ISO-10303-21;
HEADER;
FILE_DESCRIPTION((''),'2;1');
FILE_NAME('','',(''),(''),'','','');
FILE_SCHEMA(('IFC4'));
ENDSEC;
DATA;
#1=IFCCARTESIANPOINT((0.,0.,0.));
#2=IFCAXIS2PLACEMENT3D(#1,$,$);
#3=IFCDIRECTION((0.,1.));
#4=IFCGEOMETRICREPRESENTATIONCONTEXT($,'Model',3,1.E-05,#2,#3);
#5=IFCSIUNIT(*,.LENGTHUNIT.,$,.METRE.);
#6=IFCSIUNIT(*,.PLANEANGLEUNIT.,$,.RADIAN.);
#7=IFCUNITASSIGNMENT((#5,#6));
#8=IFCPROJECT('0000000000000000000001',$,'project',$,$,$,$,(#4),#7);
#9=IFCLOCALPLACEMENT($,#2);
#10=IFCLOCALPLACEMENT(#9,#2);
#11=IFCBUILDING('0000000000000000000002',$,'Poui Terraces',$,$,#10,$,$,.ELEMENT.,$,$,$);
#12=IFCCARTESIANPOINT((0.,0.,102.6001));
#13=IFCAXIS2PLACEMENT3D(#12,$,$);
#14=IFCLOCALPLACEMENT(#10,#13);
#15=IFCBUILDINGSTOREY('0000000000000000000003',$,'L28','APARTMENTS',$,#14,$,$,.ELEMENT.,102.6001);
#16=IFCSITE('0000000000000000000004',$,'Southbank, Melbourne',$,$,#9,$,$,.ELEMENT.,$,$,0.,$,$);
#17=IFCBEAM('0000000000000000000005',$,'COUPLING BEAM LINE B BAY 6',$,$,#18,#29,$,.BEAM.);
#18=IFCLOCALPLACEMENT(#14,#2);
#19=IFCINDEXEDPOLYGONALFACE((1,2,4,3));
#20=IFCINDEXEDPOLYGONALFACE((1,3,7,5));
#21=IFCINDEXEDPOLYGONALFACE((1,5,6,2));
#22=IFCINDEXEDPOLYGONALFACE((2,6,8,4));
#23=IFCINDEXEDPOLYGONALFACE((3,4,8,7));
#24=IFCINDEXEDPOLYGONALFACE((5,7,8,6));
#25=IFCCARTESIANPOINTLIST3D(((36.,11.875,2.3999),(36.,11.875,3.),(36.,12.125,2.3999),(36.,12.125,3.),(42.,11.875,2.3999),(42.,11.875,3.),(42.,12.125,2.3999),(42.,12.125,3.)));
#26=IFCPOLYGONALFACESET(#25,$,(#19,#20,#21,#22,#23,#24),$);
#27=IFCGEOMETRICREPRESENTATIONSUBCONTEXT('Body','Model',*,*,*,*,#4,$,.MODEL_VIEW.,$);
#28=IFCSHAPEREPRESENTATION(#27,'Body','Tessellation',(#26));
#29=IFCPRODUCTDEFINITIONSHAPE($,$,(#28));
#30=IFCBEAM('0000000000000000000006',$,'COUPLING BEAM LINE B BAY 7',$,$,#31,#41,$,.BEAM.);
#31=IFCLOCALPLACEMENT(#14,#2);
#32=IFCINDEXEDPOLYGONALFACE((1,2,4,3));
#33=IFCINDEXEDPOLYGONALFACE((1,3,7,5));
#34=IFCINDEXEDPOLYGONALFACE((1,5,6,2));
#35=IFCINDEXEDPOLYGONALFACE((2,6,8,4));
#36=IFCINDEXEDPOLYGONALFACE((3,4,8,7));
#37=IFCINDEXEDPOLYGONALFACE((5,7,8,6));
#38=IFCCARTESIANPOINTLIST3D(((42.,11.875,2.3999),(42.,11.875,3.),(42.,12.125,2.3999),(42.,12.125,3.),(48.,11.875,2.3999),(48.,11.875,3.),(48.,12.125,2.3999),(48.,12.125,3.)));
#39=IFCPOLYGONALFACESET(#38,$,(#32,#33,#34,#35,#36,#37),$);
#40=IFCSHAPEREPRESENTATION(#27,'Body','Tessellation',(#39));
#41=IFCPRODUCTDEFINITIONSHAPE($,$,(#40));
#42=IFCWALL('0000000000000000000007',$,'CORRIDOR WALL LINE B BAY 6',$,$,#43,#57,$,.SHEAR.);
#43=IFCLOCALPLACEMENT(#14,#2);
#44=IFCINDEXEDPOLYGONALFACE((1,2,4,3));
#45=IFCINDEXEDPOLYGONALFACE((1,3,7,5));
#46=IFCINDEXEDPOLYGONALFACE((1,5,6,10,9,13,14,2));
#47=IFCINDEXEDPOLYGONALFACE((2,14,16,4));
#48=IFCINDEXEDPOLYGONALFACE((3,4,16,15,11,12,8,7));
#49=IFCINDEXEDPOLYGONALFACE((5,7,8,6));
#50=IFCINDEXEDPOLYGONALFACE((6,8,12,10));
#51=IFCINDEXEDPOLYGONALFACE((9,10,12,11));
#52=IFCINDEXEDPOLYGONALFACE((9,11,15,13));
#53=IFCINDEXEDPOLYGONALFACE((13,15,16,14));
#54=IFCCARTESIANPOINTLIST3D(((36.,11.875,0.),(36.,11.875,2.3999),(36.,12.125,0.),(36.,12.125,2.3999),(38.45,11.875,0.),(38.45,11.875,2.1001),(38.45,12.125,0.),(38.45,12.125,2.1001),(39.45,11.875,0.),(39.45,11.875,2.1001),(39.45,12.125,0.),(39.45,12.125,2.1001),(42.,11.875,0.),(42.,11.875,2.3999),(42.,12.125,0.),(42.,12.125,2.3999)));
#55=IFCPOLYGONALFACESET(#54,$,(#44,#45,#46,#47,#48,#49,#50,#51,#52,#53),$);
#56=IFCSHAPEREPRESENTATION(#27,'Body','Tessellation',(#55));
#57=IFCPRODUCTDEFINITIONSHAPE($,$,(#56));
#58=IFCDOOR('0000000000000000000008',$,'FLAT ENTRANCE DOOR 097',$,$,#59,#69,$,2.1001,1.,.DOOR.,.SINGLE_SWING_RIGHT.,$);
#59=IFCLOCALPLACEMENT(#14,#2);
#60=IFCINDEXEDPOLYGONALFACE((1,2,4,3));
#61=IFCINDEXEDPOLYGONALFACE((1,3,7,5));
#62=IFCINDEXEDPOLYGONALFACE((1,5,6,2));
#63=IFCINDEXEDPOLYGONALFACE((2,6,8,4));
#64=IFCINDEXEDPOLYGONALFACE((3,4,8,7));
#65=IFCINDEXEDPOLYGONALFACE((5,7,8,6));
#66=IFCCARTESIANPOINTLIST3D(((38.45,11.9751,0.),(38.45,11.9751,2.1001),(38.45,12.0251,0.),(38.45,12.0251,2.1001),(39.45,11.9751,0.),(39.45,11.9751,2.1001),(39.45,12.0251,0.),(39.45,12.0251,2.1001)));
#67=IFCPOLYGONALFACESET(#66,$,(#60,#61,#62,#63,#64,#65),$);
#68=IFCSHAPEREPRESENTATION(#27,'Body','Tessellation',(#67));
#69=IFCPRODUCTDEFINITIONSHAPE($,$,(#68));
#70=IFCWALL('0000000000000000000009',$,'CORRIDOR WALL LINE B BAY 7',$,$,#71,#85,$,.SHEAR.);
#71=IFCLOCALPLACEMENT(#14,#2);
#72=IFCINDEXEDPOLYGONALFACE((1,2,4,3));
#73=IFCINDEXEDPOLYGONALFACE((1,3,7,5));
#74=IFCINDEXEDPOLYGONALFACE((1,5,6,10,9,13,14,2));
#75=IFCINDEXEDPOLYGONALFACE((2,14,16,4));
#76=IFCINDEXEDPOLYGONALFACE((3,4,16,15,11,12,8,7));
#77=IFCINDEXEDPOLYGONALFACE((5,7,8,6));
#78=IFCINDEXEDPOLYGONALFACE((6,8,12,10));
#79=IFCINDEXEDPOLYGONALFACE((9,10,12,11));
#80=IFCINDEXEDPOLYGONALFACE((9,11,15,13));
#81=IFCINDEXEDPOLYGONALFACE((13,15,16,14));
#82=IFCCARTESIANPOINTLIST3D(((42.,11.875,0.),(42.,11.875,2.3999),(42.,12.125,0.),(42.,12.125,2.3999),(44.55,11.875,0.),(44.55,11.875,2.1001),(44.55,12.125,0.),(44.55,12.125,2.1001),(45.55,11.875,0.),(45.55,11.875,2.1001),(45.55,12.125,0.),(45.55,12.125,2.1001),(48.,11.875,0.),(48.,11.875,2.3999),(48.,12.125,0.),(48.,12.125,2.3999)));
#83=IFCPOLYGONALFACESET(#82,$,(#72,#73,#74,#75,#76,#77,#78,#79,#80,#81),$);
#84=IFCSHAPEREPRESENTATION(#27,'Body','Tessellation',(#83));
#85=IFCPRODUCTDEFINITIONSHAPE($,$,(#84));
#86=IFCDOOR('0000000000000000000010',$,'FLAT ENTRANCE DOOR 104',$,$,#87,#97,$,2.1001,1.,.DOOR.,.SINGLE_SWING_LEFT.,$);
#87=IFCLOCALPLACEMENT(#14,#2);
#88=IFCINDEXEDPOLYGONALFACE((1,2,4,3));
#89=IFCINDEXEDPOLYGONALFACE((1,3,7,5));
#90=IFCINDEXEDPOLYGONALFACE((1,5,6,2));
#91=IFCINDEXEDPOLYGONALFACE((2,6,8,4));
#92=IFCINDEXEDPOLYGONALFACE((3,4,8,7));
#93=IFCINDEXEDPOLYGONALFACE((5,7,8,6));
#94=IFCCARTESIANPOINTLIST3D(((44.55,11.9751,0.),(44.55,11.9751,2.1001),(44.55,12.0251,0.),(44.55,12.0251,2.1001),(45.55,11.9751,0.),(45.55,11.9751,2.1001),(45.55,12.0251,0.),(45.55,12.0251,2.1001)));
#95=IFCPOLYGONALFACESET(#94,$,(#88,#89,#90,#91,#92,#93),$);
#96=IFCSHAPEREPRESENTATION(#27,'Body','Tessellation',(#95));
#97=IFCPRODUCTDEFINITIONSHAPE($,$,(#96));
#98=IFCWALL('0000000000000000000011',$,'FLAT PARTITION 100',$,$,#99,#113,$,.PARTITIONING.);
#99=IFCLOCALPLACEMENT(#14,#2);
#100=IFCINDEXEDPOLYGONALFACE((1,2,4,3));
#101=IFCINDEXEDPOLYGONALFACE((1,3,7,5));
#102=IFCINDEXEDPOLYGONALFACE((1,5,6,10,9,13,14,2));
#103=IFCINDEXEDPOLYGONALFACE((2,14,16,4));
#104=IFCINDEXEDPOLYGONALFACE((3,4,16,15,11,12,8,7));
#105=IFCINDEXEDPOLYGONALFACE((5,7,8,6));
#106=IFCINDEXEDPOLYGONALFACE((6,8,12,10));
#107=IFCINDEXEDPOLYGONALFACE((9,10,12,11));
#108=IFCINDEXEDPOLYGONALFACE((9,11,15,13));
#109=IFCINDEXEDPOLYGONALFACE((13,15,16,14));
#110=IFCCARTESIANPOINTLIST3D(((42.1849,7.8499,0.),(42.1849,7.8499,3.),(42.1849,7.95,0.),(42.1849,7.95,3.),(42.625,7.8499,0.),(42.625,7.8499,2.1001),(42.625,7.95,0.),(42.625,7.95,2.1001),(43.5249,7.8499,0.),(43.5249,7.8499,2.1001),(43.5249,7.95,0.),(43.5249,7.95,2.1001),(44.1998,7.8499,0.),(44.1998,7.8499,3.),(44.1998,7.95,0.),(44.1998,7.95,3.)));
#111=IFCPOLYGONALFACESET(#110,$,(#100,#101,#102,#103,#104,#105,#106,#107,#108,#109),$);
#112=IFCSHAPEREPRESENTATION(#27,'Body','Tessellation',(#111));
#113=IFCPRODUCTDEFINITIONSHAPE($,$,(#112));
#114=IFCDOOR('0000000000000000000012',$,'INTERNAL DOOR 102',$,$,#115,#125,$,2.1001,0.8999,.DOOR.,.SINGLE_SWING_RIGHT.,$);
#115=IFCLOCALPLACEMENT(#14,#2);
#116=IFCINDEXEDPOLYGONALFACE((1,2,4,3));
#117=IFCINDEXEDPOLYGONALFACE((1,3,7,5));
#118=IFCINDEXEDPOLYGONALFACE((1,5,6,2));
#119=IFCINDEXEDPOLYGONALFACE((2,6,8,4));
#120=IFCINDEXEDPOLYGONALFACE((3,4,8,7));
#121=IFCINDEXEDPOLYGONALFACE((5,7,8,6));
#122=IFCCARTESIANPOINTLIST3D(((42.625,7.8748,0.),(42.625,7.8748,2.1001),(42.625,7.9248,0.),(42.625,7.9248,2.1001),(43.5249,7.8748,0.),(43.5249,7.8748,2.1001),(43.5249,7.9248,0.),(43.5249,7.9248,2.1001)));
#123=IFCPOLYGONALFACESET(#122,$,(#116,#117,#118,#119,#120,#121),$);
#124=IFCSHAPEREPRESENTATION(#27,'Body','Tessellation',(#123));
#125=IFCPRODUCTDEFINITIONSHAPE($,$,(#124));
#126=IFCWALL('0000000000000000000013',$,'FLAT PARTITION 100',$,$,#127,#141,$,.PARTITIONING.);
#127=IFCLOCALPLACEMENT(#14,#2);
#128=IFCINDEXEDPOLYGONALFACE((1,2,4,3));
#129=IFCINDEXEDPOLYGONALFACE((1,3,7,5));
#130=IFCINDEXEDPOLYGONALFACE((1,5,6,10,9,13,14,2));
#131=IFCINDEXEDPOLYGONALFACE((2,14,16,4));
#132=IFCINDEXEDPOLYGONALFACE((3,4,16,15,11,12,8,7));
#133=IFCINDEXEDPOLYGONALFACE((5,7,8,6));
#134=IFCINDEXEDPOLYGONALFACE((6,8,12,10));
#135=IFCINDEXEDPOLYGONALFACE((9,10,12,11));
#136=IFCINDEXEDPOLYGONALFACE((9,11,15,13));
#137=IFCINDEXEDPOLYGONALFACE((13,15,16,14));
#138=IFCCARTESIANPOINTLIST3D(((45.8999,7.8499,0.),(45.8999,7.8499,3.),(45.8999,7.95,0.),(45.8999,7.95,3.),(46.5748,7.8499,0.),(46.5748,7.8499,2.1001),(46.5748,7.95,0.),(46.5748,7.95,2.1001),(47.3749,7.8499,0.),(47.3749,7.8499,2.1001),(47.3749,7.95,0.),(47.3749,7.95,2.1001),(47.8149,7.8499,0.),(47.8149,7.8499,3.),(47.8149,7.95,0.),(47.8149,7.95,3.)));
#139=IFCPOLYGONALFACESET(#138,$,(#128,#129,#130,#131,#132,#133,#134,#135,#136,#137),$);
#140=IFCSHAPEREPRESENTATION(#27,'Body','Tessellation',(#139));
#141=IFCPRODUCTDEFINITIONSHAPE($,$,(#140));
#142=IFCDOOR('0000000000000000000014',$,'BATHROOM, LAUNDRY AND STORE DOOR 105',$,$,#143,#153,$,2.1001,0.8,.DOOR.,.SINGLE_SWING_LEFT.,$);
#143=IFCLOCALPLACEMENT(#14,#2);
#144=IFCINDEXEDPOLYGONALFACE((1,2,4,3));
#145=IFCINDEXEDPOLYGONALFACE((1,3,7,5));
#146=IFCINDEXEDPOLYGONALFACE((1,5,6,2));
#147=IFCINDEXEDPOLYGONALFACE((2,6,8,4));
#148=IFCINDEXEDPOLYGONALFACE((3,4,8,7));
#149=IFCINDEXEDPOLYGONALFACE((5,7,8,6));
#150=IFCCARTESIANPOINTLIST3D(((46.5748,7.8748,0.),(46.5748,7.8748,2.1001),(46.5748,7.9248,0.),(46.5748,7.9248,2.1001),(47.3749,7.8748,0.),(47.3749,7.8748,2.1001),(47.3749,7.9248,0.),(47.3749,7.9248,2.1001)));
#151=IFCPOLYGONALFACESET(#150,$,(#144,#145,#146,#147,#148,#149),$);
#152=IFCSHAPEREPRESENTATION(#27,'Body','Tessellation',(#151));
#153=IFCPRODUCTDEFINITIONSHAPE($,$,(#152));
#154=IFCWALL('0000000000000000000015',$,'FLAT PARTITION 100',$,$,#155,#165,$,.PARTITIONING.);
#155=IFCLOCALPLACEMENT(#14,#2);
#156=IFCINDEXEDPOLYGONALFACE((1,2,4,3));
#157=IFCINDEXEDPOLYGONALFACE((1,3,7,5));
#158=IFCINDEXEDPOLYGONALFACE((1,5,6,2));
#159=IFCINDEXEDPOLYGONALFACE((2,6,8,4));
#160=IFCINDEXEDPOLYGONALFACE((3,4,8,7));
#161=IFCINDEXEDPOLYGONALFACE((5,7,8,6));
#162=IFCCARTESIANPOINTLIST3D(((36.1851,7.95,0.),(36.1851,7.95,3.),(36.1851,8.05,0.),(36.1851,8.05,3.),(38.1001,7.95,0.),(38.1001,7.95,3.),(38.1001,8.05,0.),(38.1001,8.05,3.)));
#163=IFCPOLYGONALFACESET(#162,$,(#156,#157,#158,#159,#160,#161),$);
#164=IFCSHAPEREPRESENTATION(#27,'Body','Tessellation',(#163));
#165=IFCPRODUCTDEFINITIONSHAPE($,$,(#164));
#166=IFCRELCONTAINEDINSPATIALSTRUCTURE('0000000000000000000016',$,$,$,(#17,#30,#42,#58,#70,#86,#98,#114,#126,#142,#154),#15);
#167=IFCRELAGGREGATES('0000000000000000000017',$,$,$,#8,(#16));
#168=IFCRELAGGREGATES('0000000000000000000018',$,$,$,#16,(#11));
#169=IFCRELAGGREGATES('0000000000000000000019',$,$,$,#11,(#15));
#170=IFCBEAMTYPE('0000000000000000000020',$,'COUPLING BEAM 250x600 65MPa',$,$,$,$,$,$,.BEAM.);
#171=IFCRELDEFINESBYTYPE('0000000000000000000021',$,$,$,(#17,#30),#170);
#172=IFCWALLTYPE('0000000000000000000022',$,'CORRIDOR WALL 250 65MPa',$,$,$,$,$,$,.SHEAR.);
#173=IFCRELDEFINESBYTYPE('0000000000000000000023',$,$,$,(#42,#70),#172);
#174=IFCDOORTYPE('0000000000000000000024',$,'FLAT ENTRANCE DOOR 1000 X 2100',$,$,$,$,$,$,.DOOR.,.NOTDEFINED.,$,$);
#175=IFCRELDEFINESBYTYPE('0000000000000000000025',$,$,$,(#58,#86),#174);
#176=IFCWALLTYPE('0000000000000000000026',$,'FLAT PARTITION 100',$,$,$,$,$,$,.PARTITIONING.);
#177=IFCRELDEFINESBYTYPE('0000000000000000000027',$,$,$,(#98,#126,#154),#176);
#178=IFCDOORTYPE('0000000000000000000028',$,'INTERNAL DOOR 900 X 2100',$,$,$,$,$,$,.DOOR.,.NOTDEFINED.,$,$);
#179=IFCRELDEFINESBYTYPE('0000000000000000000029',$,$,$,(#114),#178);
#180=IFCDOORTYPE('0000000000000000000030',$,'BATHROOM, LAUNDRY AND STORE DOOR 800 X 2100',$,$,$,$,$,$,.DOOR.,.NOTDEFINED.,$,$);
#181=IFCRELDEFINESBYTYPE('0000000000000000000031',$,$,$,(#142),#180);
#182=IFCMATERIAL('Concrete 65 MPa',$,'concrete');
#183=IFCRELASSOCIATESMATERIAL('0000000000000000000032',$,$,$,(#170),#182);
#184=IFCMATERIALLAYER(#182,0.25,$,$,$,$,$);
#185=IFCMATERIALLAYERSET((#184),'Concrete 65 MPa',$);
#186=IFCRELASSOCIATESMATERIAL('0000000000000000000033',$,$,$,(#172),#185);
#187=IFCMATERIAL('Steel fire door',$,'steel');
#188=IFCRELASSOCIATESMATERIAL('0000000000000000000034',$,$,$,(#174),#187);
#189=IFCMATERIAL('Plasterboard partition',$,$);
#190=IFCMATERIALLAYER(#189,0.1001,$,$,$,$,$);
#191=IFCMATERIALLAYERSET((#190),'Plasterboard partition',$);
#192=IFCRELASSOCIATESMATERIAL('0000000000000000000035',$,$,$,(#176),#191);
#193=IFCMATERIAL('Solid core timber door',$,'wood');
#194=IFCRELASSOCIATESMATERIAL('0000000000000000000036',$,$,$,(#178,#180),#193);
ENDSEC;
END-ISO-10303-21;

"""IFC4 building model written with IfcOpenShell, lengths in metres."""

from ifc_helpers import new_model, si_unit, direction, frame, frame_2d, origin, origin_2d, place, context, subcontext, project, spatial, rectangle, extrude, source, transform, mapped, material, layer, layer_set, material_profile, profile_set, type_object, element, fill, save


model = new_model("IFC4")

# Units and contexts
model_context = context("Model", 3, precision=1e-05, world=origin(), true_north=direction((0.0, 1.0)))
body_context = subcontext(model_context, "Body", "Model", "MODEL_VIEW")
ifc_project = project(units=[si_unit("LENGTHUNIT", "METRE"), si_unit("PLANEANGLEUNIT", "RADIAN")], contexts=[model_context])

# Site, building, storey
site_placement = place(None, origin())
site = spatial("IfcSite", under=ifc_project, at=site_placement, Name="Southbank, Melbourne", CompositionType="ELEMENT", RefElevation=0.0)
building_placement = place(site_placement, origin())
building = spatial("IfcBuilding", under=site, at=building_placement, Name="Poui Terraces", CompositionType="ELEMENT")
storey_placement = place(building_placement, frame((0.0, 0.0, 102.6001)))
storey = spatial("IfcBuildingStorey", under=building, at=storey_placement, Name="L28", Description="APARTMENTS", CompositionType="ELEMENT", Elevation=102.6001)

# Beams
ifc_material_1 = material(Name="Concrete 65 MPa", Category="concrete")
ifc_material_profile = material_profile(ifc_material_1, rectangle(XDim=0.25, YDim=0.6001, at=origin_2d()), Name="RC 250x600")
ifc_profile_set = profile_set([ifc_material_profile], Name="Concrete 65 MPa")
beam_type = type_object("IfcBeamType", Name="COUPLING BEAM 250x600 65MPa", PredefinedType="BEAM", material=ifc_profile_set)
shared_shape = source(origin(), body_context, "Body", "SweptSolid", [
    extrude(rectangle(XDim=0.25, YDim=0.6001, at=origin_2d()), origin(), (0.0, 0.0, 1.0), 6.0),
])
for number, where, z_axis, x_axis, name in (
    (1, (36.0, 12.0, 2.7), (1.0, 0.0, 0.0), (0.0, 1.0, 0.0), "COUPLING BEAM LINE B BAY 6"),
    (2, (42.0, 12.0, 2.7), (1.0, 0.0, 0.0), (0.0, 1.0, 0.0), "COUPLING BEAM LINE B BAY 7"),
):
    element("IfcBeam", number, at=place(storey_placement, frame(where, z_axis=z_axis, x_axis=x_axis)), inside=storey, type_object=beam_type, Name=name, PredefinedType="BEAM", context=body_context, shape_type="MappedRepresentation", body=[
        mapped(shared_shape, transform((0.0, 0.0, 0.0))),
    ])

# Walls, openings, doors
ifc_layer_1 = layer(ifc_material_1, 0.25)
ifc_layer_set_1 = layer_set([ifc_layer_1], Name="Concrete 65 MPa")
wall_type_1 = type_object("IfcWallType", Name="CORRIDOR WALL 250 65MPa", PredefinedType="SHEAR", material=ifc_layer_set_1)
wall_1_placement = place(storey_placement, frame((36.0, 12.0, 0.0), z_axis=(0.0, 0.0, 1.0), x_axis=(1.0, 0.0, 0.0)))
wall_1 = element("IfcWall", 3, at=wall_1_placement, inside=storey, type_object=wall_type_1, Name="CORRIDOR WALL LINE B BAY 6", PredefinedType="SHEAR", context=body_context, shape_type="SweptSolid", body=[
    extrude(rectangle(XDim=6.0, YDim=0.25, at=frame_2d((3.0, 0.0))), origin(), (0.0, 0.0, 1.0), 2.3999),
])
opening_1_placement = place(wall_1_placement, frame((2.45, 0.0, 0.0)))
opening_1 = element("IfcOpeningElement", 4, at=opening_1_placement, cuts=wall_1, PredefinedType="OPENING", context=body_context, shape_type="SweptSolid", body=[
    extrude(rectangle(XDim=1.0, YDim=2.1001, at=frame_2d((0.5, 1.05))), frame((0.0, 0.135, 0.0), z_axis=(0.0, -1.0, 0.0), x_axis=(1.0, 0.0, 0.0)), (0.0, 0.0, 1.0), 0.27),
])
ifc_material_2 = material(Name="Steel fire door", Category="steel")
door_type_1 = type_object("IfcDoorType", Name="FLAT ENTRANCE DOOR 1000 X 2100", OperationType="NOTDEFINED", PredefinedType="DOOR", material=ifc_material_2)
door_1_placement = place(opening_1_placement, frame((1.0, 0.0, 0.0), z_axis=(0.0, 0.0, 1.0), x_axis=(-1.0, 0.0, 0.0)))
door_1 = element("IfcDoor", 5, at=door_1_placement, inside=storey, type_object=door_type_1, Name="FLAT ENTRANCE DOOR 097", OperationType="SINGLE_SWING_RIGHT", OverallHeight=2.1001, OverallWidth=1.0, PredefinedType="DOOR", context=body_context, shape_type="SweptSolid", body=[
    extrude(rectangle(XDim=1.0, YDim=2.1001, at=frame_2d((0.5, 1.05))), frame((0.0, 0.0249, 0.0), z_axis=(0.0, -1.0, 0.0), x_axis=(1.0, 0.0, 0.0)), (0.0, 0.0, 1.0), 0.05),
])
fill(opening_1, door_1)
wall_2_placement = place(storey_placement, frame((42.0, 12.0, 0.0), z_axis=(0.0, 0.0, 1.0), x_axis=(1.0, 0.0, 0.0)))
wall_2 = element("IfcWall", 6, at=wall_2_placement, inside=storey, type_object=wall_type_1, Name="CORRIDOR WALL LINE B BAY 7", PredefinedType="SHEAR", context=body_context, shape_type="SweptSolid", body=[
    extrude(rectangle(XDim=6.0, YDim=0.25, at=frame_2d((3.0, 0.0))), origin(), (0.0, 0.0, 1.0), 2.3999),
])
opening_2_placement = place(wall_2_placement, frame((2.55, 0.0, 0.0)))
opening_2 = element("IfcOpeningElement", 7, at=opening_2_placement, cuts=wall_2, PredefinedType="OPENING", context=body_context, shape_type="SweptSolid", body=[
    extrude(rectangle(XDim=1.0, YDim=2.1001, at=frame_2d((0.5, 1.05))), frame((0.0, 0.135, 0.0), z_axis=(0.0, -1.0, 0.0), x_axis=(1.0, 0.0, 0.0)), (0.0, 0.0, 1.0), 0.27),
])
door_2_placement = place(opening_2_placement, frame((1.0, 0.0, 0.0), z_axis=(0.0, 0.0, 1.0), x_axis=(-1.0, 0.0, 0.0)))
door_2 = element("IfcDoor", 8, at=door_2_placement, inside=storey, type_object=door_type_1, Name="FLAT ENTRANCE DOOR 104", OperationType="SINGLE_SWING_LEFT", OverallHeight=2.1001, OverallWidth=1.0, PredefinedType="DOOR", context=body_context, shape_type="SweptSolid", body=[
    extrude(rectangle(XDim=1.0, YDim=2.1001, at=frame_2d((0.5, 1.05))), frame((0.0, 0.0249, 0.0), z_axis=(0.0, -1.0, 0.0), x_axis=(1.0, 0.0, 0.0)), (0.0, 0.0, 1.0), 0.05),
])
fill(opening_2, door_2)
ifc_material_3 = material(Name="Plasterboard partition")
ifc_layer_2 = layer(ifc_material_3, 0.1001)
ifc_layer_set_2 = layer_set([ifc_layer_2], Name="Plasterboard partition")
wall_type_2 = type_object("IfcWallType", Name="FLAT PARTITION 100", PredefinedType="PARTITIONING", material=ifc_layer_set_2)
wall_3_placement = place(storey_placement, frame((42.1851, 7.8999, 0.0), z_axis=(0.0, 0.0, 1.0), x_axis=(1.0, 0.0, 0.0)))
wall_3 = element("IfcWall", 9, at=wall_3_placement, inside=storey, type_object=wall_type_2, Name="FLAT PARTITION 100", PredefinedType="PARTITIONING", context=body_context, shape_type="SweptSolid", body=[
    extrude(rectangle(XDim=2.0149, YDim=0.1001, at=frame_2d((1.0073, 0.0))), origin(), (0.0, 0.0, 1.0), 3.0),
])
opening_3_placement = place(wall_3_placement, frame((0.4399, 0.0, 0.0)))
opening_3 = element("IfcOpeningElement", 10, at=opening_3_placement, cuts=wall_3, PredefinedType="OPENING", context=body_context, shape_type="SweptSolid", body=[
    extrude(rectangle(XDim=0.8999, YDim=2.1001, at=frame_2d((0.45, 1.05))), frame((0.0, 0.0601, 0.0), z_axis=(0.0, -1.0, 0.0), x_axis=(1.0, 0.0, 0.0)), (0.0, 0.0, 1.0), 0.1201),
])
ifc_material_4 = material(Name="Solid core timber door", Category="wood")
door_type_2 = type_object("IfcDoorType", Name="INTERNAL DOOR 900 X 2100", OperationType="NOTDEFINED", PredefinedType="DOOR", material=ifc_material_4)
door_3_placement = place(opening_3_placement, origin())
door_3 = element("IfcDoor", 11, at=door_3_placement, inside=storey, type_object=door_type_2, Name="INTERNAL DOOR 102", OperationType="SINGLE_SWING_RIGHT", OverallHeight=2.1001, OverallWidth=0.8999, PredefinedType="DOOR", context=body_context, shape_type="SweptSolid", body=[
    extrude(rectangle(XDim=0.8999, YDim=2.1001, at=frame_2d((0.45, 1.05))), frame((0.0, 0.0249, 0.0), z_axis=(0.0, -1.0, 0.0), x_axis=(1.0, 0.0, 0.0)), (0.0, 0.0, 1.0), 0.05),
])
fill(opening_3, door_3)
wall_4_placement = place(storey_placement, frame((45.8999, 7.8999, 0.0), z_axis=(0.0, 0.0, 1.0), x_axis=(1.0, 0.0, 0.0)))
wall_4 = element("IfcWall", 12, at=wall_4_placement, inside=storey, type_object=wall_type_2, Name="FLAT PARTITION 100", PredefinedType="PARTITIONING", context=body_context, shape_type="SweptSolid", body=[
    extrude(rectangle(XDim=1.915, YDim=0.1001, at=frame_2d((0.9575, 0.0))), origin(), (0.0, 0.0, 1.0), 3.0),
])
opening_4_placement = place(wall_4_placement, frame((0.675, 0.0, 0.0)))
opening_4 = element("IfcOpeningElement", 13, at=opening_4_placement, cuts=wall_4, PredefinedType="OPENING", context=body_context, shape_type="SweptSolid", body=[
    extrude(rectangle(XDim=0.8, YDim=2.1001, at=frame_2d((0.3999, 1.05))), frame((0.0, 0.0601, 0.0), z_axis=(0.0, -1.0, 0.0), x_axis=(1.0, 0.0, 0.0)), (0.0, 0.0, 1.0), 0.1201),
])
door_type_3 = type_object("IfcDoorType", Name="BATHROOM, LAUNDRY AND STORE DOOR 800 X 2100", OperationType="NOTDEFINED", PredefinedType="DOOR", material=ifc_material_4)
door_4_placement = place(opening_4_placement, origin())
door_4 = element("IfcDoor", 14, at=door_4_placement, inside=storey, type_object=door_type_3, Name="BATHROOM, LAUNDRY AND STORE DOOR 105", OperationType="SINGLE_SWING_LEFT", OverallHeight=2.1001, OverallWidth=0.8, PredefinedType="DOOR", context=body_context, shape_type="SweptSolid", body=[
    extrude(rectangle(XDim=0.8, YDim=2.1001, at=frame_2d((0.3999, 1.05))), frame((0.0, 0.0249, 0.0), z_axis=(0.0, -1.0, 0.0), x_axis=(1.0, 0.0, 0.0)), (0.0, 0.0, 1.0), 0.05),
])
fill(opening_4, door_4)

# Wall
wall_5_placement = place(storey_placement, frame((36.1851, 8.0, 0.0), z_axis=(0.0, 0.0, 1.0), x_axis=(1.0, 0.0, 0.0)))
element("IfcWall", 15, at=wall_5_placement, inside=storey, type_object=wall_type_2, Name="FLAT PARTITION 100", PredefinedType="PARTITIONING", context=body_context, shape_type="SweptSolid", body=[
    extrude(rectangle(XDim=1.915, YDim=0.1001, at=frame_2d((0.9575, 0.0))), origin(), (0.0, 0.0, 1.0), 3.0),
])

save(model, "model.ifc")
